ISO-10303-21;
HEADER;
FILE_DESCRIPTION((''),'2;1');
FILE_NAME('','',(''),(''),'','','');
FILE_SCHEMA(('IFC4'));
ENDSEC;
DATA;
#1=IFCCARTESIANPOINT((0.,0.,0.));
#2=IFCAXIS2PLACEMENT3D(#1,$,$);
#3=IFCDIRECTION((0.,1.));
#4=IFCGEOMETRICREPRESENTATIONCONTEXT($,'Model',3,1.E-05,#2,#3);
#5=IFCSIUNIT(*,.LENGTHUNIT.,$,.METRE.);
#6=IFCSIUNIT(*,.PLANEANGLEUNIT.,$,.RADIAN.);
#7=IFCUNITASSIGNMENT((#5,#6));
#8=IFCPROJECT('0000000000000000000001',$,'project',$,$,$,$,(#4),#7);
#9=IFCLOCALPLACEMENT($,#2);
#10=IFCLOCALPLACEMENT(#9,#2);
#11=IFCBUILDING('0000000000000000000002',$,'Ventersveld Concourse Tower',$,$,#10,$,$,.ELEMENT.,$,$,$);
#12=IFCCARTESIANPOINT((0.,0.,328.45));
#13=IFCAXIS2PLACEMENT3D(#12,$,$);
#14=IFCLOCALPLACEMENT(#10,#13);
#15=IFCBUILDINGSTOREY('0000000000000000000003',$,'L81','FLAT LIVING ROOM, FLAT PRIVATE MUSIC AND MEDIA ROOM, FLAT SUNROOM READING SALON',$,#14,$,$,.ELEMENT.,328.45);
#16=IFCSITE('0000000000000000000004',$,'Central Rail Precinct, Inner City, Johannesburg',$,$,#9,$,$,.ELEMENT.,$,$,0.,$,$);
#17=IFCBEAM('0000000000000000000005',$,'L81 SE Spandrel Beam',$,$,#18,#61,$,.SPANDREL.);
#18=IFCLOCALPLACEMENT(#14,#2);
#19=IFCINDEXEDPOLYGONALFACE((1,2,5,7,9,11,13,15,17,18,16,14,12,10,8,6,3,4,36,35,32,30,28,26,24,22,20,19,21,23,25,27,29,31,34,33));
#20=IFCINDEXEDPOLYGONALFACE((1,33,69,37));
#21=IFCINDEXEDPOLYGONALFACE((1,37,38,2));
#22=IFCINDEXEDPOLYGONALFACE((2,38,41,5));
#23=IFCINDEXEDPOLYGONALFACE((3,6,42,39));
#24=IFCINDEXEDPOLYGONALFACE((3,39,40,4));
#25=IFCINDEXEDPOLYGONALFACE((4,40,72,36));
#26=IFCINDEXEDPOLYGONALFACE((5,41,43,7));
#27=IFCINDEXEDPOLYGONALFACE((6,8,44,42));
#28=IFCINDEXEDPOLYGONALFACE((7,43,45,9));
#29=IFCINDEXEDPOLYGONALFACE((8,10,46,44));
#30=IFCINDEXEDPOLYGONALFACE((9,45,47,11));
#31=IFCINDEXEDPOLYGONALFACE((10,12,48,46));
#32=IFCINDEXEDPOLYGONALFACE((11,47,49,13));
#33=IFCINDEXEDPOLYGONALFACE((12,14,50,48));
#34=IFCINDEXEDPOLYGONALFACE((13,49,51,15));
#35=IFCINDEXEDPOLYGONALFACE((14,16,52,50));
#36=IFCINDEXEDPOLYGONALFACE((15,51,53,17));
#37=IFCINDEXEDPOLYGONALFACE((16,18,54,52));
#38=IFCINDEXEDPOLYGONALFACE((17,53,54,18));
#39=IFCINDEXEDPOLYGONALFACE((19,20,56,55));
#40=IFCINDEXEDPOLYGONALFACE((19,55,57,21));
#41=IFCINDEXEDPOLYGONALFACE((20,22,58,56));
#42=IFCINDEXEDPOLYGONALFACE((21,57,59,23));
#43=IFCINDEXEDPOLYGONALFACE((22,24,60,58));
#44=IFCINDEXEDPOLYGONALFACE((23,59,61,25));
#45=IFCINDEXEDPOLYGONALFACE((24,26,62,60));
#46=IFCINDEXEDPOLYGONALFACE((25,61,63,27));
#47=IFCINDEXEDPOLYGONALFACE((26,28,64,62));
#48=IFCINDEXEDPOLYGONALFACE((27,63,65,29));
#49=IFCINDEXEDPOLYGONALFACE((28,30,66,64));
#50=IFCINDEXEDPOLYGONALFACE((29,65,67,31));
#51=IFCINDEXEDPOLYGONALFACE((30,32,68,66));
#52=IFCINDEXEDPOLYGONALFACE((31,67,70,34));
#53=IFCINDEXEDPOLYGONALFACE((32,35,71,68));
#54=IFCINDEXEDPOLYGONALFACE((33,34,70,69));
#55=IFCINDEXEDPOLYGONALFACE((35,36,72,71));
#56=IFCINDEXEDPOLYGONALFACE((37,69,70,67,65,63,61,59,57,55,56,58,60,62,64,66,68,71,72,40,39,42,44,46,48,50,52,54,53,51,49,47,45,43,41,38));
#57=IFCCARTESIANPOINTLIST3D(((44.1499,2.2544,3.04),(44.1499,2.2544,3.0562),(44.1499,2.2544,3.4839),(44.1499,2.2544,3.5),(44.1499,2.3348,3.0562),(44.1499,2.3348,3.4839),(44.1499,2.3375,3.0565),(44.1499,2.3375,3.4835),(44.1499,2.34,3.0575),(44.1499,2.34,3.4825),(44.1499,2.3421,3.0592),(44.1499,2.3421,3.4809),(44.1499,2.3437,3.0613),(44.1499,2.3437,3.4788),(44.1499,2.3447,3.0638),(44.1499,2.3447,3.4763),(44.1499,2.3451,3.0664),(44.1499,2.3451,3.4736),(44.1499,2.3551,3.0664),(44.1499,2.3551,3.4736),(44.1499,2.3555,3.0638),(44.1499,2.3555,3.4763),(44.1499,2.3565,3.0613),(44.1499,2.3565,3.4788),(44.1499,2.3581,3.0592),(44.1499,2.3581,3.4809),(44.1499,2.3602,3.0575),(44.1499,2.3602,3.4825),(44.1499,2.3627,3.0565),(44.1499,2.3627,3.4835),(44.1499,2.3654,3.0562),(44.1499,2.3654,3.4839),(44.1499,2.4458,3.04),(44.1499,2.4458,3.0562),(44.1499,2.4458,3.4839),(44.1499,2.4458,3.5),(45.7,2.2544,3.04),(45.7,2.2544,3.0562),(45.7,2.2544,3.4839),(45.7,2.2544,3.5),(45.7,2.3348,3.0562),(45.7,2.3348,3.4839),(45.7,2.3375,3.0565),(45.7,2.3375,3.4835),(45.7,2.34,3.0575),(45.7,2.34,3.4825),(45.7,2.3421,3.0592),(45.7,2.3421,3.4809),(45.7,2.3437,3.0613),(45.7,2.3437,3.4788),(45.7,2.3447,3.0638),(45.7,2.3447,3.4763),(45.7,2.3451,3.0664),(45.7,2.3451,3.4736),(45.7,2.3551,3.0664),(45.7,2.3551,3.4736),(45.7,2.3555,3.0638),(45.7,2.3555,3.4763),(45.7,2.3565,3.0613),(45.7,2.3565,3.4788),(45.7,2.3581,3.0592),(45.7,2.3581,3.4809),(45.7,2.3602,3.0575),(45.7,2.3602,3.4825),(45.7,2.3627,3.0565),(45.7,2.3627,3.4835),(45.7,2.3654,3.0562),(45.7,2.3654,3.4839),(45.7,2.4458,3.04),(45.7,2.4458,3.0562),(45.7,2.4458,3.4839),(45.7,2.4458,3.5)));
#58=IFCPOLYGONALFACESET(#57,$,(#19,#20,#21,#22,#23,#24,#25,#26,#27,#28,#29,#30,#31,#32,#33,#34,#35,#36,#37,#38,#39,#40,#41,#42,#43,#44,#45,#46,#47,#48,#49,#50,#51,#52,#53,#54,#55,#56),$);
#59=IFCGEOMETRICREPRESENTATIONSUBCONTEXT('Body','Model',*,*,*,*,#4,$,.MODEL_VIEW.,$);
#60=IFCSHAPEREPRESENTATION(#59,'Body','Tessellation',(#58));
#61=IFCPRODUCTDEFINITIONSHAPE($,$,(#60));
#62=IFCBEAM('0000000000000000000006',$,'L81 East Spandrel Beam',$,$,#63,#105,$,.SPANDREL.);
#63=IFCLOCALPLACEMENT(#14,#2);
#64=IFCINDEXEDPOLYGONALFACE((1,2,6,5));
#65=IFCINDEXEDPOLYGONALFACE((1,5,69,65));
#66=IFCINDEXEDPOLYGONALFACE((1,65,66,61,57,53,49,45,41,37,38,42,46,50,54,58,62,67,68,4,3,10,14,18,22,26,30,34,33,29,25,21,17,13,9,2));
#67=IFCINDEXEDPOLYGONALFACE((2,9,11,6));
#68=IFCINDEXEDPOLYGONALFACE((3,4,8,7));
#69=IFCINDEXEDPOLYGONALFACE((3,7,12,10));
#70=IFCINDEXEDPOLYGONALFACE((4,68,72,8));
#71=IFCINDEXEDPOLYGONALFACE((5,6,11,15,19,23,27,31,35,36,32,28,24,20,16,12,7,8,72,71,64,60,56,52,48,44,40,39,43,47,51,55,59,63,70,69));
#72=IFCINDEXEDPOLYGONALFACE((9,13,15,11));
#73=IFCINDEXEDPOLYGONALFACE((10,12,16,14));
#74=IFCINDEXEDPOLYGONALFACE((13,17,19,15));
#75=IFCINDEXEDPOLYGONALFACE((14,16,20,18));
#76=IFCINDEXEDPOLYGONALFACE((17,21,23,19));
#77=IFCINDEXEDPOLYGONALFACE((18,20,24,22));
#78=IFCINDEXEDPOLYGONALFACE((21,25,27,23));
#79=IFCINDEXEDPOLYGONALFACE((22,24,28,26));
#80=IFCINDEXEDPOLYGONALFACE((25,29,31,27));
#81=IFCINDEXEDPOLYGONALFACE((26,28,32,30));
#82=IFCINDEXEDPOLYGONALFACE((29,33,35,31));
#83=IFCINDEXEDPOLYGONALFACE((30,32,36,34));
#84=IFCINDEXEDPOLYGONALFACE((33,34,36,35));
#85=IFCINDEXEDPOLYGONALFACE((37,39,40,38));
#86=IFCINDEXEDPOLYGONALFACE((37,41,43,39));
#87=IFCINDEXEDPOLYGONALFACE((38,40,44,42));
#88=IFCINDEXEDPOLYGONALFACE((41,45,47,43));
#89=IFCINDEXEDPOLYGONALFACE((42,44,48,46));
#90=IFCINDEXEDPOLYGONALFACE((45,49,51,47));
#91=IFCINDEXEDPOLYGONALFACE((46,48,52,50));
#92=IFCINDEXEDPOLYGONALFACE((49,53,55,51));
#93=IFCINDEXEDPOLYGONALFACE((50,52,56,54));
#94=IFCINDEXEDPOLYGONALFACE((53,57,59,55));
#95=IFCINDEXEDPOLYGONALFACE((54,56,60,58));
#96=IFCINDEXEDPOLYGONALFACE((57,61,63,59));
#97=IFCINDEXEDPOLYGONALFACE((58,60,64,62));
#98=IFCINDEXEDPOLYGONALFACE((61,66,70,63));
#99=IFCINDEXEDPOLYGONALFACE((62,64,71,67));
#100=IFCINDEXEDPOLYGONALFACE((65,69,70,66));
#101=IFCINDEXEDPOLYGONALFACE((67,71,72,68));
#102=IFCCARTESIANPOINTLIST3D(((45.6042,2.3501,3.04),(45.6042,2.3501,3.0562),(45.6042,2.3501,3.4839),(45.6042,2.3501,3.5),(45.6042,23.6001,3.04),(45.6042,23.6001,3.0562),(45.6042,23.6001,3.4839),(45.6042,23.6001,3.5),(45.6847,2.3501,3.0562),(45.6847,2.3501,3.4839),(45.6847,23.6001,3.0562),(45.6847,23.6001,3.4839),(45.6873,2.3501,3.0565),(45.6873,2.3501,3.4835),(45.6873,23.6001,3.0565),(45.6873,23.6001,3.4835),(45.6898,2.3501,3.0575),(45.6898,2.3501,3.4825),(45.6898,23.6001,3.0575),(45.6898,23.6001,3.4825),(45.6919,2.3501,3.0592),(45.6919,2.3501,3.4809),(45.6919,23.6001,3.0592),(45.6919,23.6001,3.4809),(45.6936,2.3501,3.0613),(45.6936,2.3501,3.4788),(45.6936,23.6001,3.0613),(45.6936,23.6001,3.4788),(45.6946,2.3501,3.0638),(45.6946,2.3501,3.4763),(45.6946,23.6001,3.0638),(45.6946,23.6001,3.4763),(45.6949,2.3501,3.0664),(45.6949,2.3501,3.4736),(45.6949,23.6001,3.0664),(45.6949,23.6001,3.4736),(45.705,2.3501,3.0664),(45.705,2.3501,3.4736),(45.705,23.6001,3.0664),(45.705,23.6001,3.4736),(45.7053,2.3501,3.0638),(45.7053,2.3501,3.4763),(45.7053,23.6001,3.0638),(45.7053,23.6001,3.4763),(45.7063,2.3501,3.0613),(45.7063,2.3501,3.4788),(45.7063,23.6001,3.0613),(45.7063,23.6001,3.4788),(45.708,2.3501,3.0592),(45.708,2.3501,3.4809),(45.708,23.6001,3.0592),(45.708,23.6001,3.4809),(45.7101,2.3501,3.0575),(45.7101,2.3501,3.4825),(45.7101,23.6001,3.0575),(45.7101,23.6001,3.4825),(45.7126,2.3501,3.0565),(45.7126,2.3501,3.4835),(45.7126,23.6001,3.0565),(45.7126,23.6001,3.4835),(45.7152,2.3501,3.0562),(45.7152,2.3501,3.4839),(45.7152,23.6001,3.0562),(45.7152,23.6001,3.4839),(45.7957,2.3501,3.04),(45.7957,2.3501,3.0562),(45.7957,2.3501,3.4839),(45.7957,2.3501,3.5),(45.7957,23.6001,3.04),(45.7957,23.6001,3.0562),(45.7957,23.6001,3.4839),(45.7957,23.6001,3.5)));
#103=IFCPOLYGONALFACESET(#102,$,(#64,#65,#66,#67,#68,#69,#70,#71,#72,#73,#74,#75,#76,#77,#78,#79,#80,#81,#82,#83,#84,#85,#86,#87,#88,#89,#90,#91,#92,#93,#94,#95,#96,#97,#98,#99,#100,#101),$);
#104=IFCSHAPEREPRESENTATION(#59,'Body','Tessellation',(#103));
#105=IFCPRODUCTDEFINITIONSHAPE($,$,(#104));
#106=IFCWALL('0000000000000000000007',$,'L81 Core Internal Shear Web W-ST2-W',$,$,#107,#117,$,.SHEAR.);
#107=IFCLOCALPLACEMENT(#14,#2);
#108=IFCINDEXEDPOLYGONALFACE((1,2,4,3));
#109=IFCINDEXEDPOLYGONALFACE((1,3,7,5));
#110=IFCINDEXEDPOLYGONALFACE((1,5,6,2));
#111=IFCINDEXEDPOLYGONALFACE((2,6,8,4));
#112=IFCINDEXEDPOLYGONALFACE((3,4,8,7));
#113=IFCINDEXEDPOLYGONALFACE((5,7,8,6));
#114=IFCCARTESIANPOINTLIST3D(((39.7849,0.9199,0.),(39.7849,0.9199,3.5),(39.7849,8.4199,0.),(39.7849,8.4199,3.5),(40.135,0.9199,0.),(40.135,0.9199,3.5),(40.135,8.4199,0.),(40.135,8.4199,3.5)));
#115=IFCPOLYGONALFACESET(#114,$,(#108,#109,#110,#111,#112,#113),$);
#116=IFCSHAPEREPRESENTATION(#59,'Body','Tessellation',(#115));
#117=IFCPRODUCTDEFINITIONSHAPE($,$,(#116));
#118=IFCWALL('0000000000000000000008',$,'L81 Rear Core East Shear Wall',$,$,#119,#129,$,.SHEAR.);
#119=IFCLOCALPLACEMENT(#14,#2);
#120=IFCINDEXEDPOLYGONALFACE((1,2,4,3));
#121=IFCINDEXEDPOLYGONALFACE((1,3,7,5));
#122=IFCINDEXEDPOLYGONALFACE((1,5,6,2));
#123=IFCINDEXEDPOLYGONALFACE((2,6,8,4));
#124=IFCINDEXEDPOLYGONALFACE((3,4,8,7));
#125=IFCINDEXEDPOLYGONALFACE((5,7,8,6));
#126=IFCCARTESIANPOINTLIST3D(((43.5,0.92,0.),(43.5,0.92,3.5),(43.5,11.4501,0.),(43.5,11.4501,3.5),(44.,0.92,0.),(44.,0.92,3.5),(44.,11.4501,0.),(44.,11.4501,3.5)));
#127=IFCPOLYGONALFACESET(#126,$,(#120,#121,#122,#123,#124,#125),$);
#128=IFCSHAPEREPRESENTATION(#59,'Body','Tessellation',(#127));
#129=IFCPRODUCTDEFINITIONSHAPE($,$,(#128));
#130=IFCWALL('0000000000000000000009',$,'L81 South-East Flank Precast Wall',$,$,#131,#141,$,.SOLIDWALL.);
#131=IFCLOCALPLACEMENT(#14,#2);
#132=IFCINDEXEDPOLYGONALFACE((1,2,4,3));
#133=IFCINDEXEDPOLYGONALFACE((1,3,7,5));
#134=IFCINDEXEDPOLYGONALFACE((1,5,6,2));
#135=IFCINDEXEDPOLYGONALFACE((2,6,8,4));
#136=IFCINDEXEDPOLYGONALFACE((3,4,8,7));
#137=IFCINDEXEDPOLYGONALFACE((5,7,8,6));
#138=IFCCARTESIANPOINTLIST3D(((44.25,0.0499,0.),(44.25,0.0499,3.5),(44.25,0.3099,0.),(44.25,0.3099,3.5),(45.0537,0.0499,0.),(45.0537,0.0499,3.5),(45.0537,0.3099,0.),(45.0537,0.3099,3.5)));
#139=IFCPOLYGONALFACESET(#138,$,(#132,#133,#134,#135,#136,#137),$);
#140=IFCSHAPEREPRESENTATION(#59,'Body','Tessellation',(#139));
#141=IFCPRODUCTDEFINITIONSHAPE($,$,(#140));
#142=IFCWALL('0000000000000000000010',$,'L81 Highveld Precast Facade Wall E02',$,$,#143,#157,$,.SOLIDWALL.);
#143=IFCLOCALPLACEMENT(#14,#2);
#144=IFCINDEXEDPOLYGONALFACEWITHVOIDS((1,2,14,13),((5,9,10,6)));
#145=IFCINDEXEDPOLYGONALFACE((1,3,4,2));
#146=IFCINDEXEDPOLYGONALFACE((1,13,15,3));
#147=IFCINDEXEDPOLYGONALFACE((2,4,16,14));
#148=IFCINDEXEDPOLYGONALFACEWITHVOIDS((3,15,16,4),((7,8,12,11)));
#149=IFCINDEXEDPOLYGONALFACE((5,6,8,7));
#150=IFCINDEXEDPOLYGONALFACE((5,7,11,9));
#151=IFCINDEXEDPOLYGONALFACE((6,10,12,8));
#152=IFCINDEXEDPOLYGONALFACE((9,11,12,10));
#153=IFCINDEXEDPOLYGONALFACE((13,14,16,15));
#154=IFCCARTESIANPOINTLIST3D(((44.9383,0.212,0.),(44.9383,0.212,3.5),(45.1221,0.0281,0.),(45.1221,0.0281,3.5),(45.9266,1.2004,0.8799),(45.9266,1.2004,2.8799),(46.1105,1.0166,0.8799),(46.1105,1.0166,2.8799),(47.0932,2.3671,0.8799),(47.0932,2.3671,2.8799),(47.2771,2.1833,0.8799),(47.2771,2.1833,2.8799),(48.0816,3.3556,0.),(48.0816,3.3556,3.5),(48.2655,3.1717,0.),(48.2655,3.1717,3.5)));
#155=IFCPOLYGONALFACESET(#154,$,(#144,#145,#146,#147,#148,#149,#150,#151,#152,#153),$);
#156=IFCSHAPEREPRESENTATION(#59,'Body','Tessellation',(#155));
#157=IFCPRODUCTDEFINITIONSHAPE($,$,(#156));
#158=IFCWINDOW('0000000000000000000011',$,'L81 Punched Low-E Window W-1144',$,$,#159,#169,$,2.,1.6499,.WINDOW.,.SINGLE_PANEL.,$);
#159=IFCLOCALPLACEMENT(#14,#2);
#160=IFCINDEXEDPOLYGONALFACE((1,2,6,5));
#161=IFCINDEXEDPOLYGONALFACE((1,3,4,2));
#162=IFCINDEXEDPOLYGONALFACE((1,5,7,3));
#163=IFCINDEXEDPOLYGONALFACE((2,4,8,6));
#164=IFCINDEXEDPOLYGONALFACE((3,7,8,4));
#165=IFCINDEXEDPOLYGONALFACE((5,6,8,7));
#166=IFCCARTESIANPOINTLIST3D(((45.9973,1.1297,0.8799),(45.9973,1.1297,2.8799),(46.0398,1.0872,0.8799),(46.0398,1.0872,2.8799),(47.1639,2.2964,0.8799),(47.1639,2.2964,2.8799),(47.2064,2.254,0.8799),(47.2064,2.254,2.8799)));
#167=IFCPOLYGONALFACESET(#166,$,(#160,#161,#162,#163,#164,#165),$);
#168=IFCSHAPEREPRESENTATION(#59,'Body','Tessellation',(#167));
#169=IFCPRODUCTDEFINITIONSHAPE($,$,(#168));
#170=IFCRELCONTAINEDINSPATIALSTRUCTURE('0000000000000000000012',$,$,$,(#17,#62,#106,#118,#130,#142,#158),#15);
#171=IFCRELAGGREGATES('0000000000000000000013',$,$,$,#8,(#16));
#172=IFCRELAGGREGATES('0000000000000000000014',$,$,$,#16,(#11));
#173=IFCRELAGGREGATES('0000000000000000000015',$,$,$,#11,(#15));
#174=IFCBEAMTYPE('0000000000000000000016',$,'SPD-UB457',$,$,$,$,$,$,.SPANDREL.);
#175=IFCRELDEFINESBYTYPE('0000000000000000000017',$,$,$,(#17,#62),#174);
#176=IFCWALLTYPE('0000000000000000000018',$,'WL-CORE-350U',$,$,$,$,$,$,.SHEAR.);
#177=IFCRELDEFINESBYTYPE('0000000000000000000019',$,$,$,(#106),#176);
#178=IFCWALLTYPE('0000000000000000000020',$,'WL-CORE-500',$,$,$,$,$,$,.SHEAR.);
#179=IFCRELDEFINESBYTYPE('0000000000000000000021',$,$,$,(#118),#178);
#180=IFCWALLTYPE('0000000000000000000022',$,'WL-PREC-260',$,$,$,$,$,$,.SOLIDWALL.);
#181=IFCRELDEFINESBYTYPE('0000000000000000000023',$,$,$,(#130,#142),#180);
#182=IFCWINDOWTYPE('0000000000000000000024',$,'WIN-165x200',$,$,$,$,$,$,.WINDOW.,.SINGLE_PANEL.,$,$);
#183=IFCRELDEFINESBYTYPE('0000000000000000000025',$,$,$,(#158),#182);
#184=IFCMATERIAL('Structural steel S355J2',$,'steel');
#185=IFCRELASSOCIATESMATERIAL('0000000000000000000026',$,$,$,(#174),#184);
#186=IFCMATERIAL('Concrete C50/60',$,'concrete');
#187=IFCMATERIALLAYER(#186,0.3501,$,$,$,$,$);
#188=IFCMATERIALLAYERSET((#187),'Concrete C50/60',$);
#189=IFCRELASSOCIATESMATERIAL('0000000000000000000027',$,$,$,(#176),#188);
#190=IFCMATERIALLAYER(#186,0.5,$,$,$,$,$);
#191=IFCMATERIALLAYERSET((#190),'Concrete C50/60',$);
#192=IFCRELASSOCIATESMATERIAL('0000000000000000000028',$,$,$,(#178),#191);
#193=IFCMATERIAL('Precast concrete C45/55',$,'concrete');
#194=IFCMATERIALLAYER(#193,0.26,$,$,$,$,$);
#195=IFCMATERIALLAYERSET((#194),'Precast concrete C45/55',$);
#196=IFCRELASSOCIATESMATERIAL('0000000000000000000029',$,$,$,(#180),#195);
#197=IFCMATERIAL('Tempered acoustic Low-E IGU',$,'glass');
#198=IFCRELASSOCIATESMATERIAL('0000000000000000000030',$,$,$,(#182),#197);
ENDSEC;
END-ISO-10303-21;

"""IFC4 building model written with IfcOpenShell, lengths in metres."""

from ifc_helpers import new_model, si_unit, direction, frame, frame_2d, origin, origin_2d, place, context, subcontext, project, spatial, rectangle, i_section, extrude, material, layer, layer_set, material_profile, profile_set, type_object, element, fill, save


model = new_model("IFC4")

# Units and contexts
model_context = context("Model", 3, precision=1e-05, world=origin(), true_north=direction((0.0, 1.0)))
body_context = subcontext(model_context, "Body", "Model", "MODEL_VIEW")
ifc_project = project(units=[si_unit("LENGTHUNIT", "METRE"), si_unit("PLANEANGLEUNIT", "RADIAN")], contexts=[model_context])

# Site, building, storey
site_placement = place(None, origin())
site = spatial("IfcSite", under=ifc_project, at=site_placement, Name="Central Rail Precinct, Inner City, Johannesburg", CompositionType="ELEMENT", RefElevation=0.0)
building_placement = place(site_placement, origin())
building = spatial("IfcBuilding", under=site, at=building_placement, Name="Ventersveld Concourse Tower", CompositionType="ELEMENT")
storey_placement = place(building_placement, frame((0.0, 0.0, 328.45)))
storey = spatial("IfcBuildingStorey", under=building, at=storey_placement, Name="L81", Description="FLAT LIVING ROOM, FLAT PRIVATE MUSIC AND MEDIA ROOM, FLAT SUNROOM READING SALON", CompositionType="ELEMENT", Elevation=328.45)

# Shared definitions
ifc_material_1 = material(Name="Concrete C50/60", Category="concrete")

# Shared definitions
ifc_material_2 = material(Name="Structural steel S355J2", Category="steel")

# Beams
ifc_material_profile_1 = material_profile(ifc_material_2, i_section(OverallWidth=0.1914, OverallDepth=0.46, WebThickness=0.01, FlangeThickness=0.0161, FilletRadius=0.0103, at=origin_2d()), Name="UB 457x191x82")
ifc_profile_set_1 = profile_set([ifc_material_profile_1], Name="Structural steel S355J2")
beam_type_1 = type_object("IfcBeamType", Name="SPD-UB457", PredefinedType="SPANDREL", material=ifc_profile_set_1)
beam_1_placement = place(storey_placement, frame((44.1499, 2.3501, 3.27), z_axis=(1.0, 0.0, 0.0), x_axis=(0.0, 1.0, 0.0)))
element("IfcBeam", 1, at=beam_1_placement, inside=storey, type_object=beam_type_1, Name="L81 SE Spandrel Beam", PredefinedType="SPANDREL", context=body_context, shape_type="SweptSolid", body=[
    extrude(i_section(OverallWidth=0.1914, OverallDepth=0.46, WebThickness=0.01, FlangeThickness=0.0161, FilletRadius=0.0103, at=origin_2d()), origin(), (0.0, 0.0, 1.0), 1.55),
])
beam_2_placement = place(storey_placement, frame((45.7, 2.3501, 3.27), z_axis=(0.0, 1.0, 0.0), x_axis=(-1.0, 0.0, 0.0)))
element("IfcBeam", 2, at=beam_2_placement, inside=storey, type_object=beam_type_1, Name="L81 East Spandrel Beam", PredefinedType="SPANDREL", context=body_context, shape_type="SweptSolid", body=[
    extrude(i_section(OverallWidth=0.1914, OverallDepth=0.46, WebThickness=0.01, FlangeThickness=0.0161, FilletRadius=0.0103, at=origin_2d()), origin(), (0.0, 0.0, 1.0), 21.25),
])

# Walls
ifc_layer_1 = layer(ifc_material_1, 0.3501)
ifc_layer_set_1 = layer_set([ifc_layer_1], Name="Concrete C50/60")
wall_type_1 = type_object("IfcWallType", Name="WL-CORE-350U", PredefinedType="SHEAR", material=ifc_layer_set_1)
wall_1_placement = place(storey_placement, frame((39.96, 0.9199, 0.0), z_axis=(0.0, 0.0, 1.0), x_axis=(0.0, 1.0, 0.0)))
element("IfcWall", 3, at=wall_1_placement, inside=storey, type_object=wall_type_1, Name="L81 Core Internal Shear Web W-ST2-W", PredefinedType="SHEAR", context=body_context, shape_type="SweptSolid", body=[
    extrude(rectangle(XDim=7.5, YDim=0.3501, at=frame_2d((3.75, 0.0))), origin(), (0.0, 0.0, 1.0), 3.5),
])
ifc_layer_2 = layer(ifc_material_1, 0.5)
ifc_layer_set_2 = layer_set([ifc_layer_2], Name="Concrete C50/60")
wall_type_2 = type_object("IfcWallType", Name="WL-CORE-500", PredefinedType="SHEAR", material=ifc_layer_set_2)
wall_2_placement = place(storey_placement, frame((43.75, 0.9199, 0.0), z_axis=(0.0, 0.0, 1.0), x_axis=(0.0, 1.0, 0.0)))
element("IfcWall", 4, at=wall_2_placement, inside=storey, type_object=wall_type_2, Name="L81 Rear Core East Shear Wall", PredefinedType="SHEAR", context=body_context, shape_type="SweptSolid", body=[
    extrude(rectangle(XDim=10.53, YDim=0.5, at=frame_2d((5.2651, 0.0))), origin(), (0.0, 0.0, 1.0), 3.5),
])
ifc_material_3 = material(Name="Precast concrete C45/55", Category="concrete")
ifc_layer_3 = layer(ifc_material_3, 0.26)
ifc_layer_set_3 = layer_set([ifc_layer_3], Name="Precast concrete C45/55")
wall_type_3 = type_object("IfcWallType", Name="WL-PREC-260", PredefinedType="SOLIDWALL", material=ifc_layer_set_3)
wall_3_placement = place(storey_placement, frame((44.25, 0.1799, 0.0), z_axis=(0.0, 0.0, 1.0), x_axis=(1.0, 0.0, 0.0)))
element("IfcWall", 5, at=wall_3_placement, inside=storey, type_object=wall_type_3, Name="L81 South-East Flank Precast Wall", PredefinedType="SOLIDWALL", context=body_context, shape_type="SweptSolid", body=[
    extrude(rectangle(XDim=0.8037, YDim=0.26, at=frame_2d((0.4019, 0.0))), origin(), (0.0, 0.0, 1.0), 3.5),
])

# Wall, opening, window
wall_4_placement = place(storey_placement, frame((45.0303, 0.1201, 0.0), z_axis=(0.0, 0.0, 1.0), x_axis=(0.707079, 0.707134, 0.0)))
wall_4 = element("IfcWall", 6, at=wall_4_placement, inside=storey, type_object=wall_type_3, Name="L81 Highveld Precast Facade Wall E02", PredefinedType="SOLIDWALL", context=body_context, shape_type="SweptSolid", body=[
    extrude(rectangle(XDim=4.4456, YDim=0.26, at=frame_2d((2.2227, 0.0))), origin(), (0.0, 0.0, 1.0), 3.5),
])
opening_1_placement = place(wall_4_placement, frame((1.3977, 0.0, 0.8799)))
opening_1 = element("IfcOpeningElement", 7, at=opening_1_placement, cuts=wall_4, PredefinedType="OPENING", context=body_context, shape_type="SweptSolid", body=[
    extrude(rectangle(XDim=1.6499, YDim=2.0, at=frame_2d((0.825, 1.0))), frame((0.0, 0.1401, 0.0), z_axis=(0.0, -1.0, 0.0), x_axis=(1.0, 0.0, 0.0)), (0.0, 0.0, 1.0), 0.28),
])
ifc_material_4 = material(Name="Tempered acoustic Low-E IGU", Category="glass")
window_type_1 = type_object("IfcWindowType", Name="WIN-165x200", PartitioningType="SINGLE_PANEL", PredefinedType="WINDOW", material=ifc_material_4)
window_1_placement = place(opening_1_placement, origin())
window_1 = element("IfcWindow", 8, at=window_1_placement, inside=storey, type_object=window_type_1, Name="L81 Punched Low-E Window W-1144", OverallHeight=2.0, OverallWidth=1.6499, PartitioningType="SINGLE_PANEL", PredefinedType="WINDOW", context=body_context, shape_type="SweptSolid", body=[
    extrude(rectangle(XDim=1.6499, YDim=2.0, at=frame_2d((0.825, 1.0))), frame((0.0, 0.03, 0.0), z_axis=(0.0, -1.0, 0.0), x_axis=(1.0, 0.0, 0.0)), (0.0, 0.0, 1.0), 0.0601),
])
fill(opening_1, window_1)

save(model, "model.ifc")
